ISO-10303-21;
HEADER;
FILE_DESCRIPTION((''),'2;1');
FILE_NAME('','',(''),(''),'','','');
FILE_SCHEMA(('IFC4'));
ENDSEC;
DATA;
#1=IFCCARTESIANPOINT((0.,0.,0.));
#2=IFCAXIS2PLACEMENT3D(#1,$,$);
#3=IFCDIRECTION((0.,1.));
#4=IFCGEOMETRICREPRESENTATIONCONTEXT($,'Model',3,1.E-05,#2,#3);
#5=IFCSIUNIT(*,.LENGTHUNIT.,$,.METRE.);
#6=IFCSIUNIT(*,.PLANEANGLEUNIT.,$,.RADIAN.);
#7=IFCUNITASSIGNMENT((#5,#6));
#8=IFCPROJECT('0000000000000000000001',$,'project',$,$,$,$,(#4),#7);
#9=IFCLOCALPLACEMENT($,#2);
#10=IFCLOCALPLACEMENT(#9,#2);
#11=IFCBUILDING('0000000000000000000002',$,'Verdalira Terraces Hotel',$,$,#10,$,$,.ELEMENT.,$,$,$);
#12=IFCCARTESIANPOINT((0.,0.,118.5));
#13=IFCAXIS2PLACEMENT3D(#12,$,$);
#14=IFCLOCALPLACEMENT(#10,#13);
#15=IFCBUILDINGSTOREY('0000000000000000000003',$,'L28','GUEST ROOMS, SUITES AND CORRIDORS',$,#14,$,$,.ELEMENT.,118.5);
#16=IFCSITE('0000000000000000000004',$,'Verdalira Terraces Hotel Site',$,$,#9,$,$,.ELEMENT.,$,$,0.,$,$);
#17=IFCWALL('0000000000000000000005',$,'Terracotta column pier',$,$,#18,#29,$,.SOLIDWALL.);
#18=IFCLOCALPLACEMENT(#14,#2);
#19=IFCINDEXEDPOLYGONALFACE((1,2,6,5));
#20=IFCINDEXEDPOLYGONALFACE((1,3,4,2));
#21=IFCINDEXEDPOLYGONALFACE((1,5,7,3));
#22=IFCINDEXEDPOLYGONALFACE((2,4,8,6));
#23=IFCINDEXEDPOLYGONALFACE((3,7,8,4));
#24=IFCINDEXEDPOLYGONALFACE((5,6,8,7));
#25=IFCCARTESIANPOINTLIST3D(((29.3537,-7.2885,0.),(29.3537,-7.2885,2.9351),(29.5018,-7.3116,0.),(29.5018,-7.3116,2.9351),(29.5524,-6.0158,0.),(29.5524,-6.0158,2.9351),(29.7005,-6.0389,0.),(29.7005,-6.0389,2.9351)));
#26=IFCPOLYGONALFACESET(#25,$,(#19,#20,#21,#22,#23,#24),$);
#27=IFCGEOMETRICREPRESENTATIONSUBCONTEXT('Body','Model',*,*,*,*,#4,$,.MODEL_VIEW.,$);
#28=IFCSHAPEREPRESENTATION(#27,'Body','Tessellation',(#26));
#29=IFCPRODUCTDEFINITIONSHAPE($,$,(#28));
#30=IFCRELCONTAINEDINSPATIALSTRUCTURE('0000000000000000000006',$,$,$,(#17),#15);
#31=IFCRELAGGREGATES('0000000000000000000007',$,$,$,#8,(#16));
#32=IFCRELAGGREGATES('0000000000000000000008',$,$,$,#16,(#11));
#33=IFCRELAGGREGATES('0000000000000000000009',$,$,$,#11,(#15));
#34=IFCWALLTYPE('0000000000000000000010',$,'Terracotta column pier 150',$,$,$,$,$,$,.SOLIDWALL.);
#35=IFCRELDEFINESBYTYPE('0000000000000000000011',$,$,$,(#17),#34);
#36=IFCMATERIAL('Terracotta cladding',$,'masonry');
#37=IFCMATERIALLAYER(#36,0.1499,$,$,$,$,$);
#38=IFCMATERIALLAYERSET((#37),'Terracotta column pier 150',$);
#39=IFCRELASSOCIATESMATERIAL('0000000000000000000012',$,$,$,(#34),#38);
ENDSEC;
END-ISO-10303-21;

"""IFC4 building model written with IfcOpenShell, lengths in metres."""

from ifc_helpers import new_model, si_unit, direction, frame, frame_2d, origin, place, context, subcontext, project, spatial, rectangle, extrude, material, layer, layer_set, type_object, element, save


model = new_model("IFC4")

# Units and contexts
model_context = context("Model", 3, precision=1e-05, world=origin(), true_north=direction((0.0, 1.0)))
body_context = subcontext(model_context, "Body", "Model", "MODEL_VIEW")
ifc_project = project(units=[si_unit("LENGTHUNIT", "METRE"), si_unit("PLANEANGLEUNIT", "RADIAN")], contexts=[model_context])

# Site, building, storey
site_placement = place(None, origin())
site = spatial("IfcSite", under=ifc_project, at=site_placement, Name="Verdalira Terraces Hotel Site", CompositionType="ELEMENT", RefElevation=0.0)
building_placement = place(site_placement, origin())
building = spatial("IfcBuilding", under=site, at=building_placement, Name="Verdalira Terraces Hotel", CompositionType="ELEMENT")
storey_placement = place(building_placement, frame((0.0, 0.0, 118.5)))
storey = spatial("IfcBuildingStorey", under=building, at=storey_placement, Name="L28", Description="GUEST ROOMS, SUITES AND CORRIDORS", CompositionType="ELEMENT", Elevation=118.5)

# Wall
ifc_material_1 = material(Name="Terracotta cladding", Category="masonry")
ifc_layer_1 = layer(ifc_material_1, 0.1499)
ifc_layer_set_1 = layer_set([ifc_layer_1], Name="Terracotta column pier 150")
wall_type_1 = type_object("IfcWallType", Name="Terracotta column pier 150", PredefinedType="SOLIDWALL", material=ifc_layer_set_1)
wall_1_placement = place(storey_placement, frame((29.4277, -7.3, 0.0), z_axis=(0.0, 0.0, 1.0), x_axis=(0.154279, 0.988027, 0.0)))
element("IfcWall", 1, at=wall_1_placement, inside=storey, type_object=wall_type_1, Name="Terracotta column pier", PredefinedType="SOLIDWALL", context=body_context, shape_type="SweptSolid", body=[
    extrude(rectangle(XDim=1.2881, YDim=0.1499, at=frame_2d((0.644, 0.0))), origin(), (0.0, 0.0, 1.0), 2.9351),
])

save(model, "model.ifc")
